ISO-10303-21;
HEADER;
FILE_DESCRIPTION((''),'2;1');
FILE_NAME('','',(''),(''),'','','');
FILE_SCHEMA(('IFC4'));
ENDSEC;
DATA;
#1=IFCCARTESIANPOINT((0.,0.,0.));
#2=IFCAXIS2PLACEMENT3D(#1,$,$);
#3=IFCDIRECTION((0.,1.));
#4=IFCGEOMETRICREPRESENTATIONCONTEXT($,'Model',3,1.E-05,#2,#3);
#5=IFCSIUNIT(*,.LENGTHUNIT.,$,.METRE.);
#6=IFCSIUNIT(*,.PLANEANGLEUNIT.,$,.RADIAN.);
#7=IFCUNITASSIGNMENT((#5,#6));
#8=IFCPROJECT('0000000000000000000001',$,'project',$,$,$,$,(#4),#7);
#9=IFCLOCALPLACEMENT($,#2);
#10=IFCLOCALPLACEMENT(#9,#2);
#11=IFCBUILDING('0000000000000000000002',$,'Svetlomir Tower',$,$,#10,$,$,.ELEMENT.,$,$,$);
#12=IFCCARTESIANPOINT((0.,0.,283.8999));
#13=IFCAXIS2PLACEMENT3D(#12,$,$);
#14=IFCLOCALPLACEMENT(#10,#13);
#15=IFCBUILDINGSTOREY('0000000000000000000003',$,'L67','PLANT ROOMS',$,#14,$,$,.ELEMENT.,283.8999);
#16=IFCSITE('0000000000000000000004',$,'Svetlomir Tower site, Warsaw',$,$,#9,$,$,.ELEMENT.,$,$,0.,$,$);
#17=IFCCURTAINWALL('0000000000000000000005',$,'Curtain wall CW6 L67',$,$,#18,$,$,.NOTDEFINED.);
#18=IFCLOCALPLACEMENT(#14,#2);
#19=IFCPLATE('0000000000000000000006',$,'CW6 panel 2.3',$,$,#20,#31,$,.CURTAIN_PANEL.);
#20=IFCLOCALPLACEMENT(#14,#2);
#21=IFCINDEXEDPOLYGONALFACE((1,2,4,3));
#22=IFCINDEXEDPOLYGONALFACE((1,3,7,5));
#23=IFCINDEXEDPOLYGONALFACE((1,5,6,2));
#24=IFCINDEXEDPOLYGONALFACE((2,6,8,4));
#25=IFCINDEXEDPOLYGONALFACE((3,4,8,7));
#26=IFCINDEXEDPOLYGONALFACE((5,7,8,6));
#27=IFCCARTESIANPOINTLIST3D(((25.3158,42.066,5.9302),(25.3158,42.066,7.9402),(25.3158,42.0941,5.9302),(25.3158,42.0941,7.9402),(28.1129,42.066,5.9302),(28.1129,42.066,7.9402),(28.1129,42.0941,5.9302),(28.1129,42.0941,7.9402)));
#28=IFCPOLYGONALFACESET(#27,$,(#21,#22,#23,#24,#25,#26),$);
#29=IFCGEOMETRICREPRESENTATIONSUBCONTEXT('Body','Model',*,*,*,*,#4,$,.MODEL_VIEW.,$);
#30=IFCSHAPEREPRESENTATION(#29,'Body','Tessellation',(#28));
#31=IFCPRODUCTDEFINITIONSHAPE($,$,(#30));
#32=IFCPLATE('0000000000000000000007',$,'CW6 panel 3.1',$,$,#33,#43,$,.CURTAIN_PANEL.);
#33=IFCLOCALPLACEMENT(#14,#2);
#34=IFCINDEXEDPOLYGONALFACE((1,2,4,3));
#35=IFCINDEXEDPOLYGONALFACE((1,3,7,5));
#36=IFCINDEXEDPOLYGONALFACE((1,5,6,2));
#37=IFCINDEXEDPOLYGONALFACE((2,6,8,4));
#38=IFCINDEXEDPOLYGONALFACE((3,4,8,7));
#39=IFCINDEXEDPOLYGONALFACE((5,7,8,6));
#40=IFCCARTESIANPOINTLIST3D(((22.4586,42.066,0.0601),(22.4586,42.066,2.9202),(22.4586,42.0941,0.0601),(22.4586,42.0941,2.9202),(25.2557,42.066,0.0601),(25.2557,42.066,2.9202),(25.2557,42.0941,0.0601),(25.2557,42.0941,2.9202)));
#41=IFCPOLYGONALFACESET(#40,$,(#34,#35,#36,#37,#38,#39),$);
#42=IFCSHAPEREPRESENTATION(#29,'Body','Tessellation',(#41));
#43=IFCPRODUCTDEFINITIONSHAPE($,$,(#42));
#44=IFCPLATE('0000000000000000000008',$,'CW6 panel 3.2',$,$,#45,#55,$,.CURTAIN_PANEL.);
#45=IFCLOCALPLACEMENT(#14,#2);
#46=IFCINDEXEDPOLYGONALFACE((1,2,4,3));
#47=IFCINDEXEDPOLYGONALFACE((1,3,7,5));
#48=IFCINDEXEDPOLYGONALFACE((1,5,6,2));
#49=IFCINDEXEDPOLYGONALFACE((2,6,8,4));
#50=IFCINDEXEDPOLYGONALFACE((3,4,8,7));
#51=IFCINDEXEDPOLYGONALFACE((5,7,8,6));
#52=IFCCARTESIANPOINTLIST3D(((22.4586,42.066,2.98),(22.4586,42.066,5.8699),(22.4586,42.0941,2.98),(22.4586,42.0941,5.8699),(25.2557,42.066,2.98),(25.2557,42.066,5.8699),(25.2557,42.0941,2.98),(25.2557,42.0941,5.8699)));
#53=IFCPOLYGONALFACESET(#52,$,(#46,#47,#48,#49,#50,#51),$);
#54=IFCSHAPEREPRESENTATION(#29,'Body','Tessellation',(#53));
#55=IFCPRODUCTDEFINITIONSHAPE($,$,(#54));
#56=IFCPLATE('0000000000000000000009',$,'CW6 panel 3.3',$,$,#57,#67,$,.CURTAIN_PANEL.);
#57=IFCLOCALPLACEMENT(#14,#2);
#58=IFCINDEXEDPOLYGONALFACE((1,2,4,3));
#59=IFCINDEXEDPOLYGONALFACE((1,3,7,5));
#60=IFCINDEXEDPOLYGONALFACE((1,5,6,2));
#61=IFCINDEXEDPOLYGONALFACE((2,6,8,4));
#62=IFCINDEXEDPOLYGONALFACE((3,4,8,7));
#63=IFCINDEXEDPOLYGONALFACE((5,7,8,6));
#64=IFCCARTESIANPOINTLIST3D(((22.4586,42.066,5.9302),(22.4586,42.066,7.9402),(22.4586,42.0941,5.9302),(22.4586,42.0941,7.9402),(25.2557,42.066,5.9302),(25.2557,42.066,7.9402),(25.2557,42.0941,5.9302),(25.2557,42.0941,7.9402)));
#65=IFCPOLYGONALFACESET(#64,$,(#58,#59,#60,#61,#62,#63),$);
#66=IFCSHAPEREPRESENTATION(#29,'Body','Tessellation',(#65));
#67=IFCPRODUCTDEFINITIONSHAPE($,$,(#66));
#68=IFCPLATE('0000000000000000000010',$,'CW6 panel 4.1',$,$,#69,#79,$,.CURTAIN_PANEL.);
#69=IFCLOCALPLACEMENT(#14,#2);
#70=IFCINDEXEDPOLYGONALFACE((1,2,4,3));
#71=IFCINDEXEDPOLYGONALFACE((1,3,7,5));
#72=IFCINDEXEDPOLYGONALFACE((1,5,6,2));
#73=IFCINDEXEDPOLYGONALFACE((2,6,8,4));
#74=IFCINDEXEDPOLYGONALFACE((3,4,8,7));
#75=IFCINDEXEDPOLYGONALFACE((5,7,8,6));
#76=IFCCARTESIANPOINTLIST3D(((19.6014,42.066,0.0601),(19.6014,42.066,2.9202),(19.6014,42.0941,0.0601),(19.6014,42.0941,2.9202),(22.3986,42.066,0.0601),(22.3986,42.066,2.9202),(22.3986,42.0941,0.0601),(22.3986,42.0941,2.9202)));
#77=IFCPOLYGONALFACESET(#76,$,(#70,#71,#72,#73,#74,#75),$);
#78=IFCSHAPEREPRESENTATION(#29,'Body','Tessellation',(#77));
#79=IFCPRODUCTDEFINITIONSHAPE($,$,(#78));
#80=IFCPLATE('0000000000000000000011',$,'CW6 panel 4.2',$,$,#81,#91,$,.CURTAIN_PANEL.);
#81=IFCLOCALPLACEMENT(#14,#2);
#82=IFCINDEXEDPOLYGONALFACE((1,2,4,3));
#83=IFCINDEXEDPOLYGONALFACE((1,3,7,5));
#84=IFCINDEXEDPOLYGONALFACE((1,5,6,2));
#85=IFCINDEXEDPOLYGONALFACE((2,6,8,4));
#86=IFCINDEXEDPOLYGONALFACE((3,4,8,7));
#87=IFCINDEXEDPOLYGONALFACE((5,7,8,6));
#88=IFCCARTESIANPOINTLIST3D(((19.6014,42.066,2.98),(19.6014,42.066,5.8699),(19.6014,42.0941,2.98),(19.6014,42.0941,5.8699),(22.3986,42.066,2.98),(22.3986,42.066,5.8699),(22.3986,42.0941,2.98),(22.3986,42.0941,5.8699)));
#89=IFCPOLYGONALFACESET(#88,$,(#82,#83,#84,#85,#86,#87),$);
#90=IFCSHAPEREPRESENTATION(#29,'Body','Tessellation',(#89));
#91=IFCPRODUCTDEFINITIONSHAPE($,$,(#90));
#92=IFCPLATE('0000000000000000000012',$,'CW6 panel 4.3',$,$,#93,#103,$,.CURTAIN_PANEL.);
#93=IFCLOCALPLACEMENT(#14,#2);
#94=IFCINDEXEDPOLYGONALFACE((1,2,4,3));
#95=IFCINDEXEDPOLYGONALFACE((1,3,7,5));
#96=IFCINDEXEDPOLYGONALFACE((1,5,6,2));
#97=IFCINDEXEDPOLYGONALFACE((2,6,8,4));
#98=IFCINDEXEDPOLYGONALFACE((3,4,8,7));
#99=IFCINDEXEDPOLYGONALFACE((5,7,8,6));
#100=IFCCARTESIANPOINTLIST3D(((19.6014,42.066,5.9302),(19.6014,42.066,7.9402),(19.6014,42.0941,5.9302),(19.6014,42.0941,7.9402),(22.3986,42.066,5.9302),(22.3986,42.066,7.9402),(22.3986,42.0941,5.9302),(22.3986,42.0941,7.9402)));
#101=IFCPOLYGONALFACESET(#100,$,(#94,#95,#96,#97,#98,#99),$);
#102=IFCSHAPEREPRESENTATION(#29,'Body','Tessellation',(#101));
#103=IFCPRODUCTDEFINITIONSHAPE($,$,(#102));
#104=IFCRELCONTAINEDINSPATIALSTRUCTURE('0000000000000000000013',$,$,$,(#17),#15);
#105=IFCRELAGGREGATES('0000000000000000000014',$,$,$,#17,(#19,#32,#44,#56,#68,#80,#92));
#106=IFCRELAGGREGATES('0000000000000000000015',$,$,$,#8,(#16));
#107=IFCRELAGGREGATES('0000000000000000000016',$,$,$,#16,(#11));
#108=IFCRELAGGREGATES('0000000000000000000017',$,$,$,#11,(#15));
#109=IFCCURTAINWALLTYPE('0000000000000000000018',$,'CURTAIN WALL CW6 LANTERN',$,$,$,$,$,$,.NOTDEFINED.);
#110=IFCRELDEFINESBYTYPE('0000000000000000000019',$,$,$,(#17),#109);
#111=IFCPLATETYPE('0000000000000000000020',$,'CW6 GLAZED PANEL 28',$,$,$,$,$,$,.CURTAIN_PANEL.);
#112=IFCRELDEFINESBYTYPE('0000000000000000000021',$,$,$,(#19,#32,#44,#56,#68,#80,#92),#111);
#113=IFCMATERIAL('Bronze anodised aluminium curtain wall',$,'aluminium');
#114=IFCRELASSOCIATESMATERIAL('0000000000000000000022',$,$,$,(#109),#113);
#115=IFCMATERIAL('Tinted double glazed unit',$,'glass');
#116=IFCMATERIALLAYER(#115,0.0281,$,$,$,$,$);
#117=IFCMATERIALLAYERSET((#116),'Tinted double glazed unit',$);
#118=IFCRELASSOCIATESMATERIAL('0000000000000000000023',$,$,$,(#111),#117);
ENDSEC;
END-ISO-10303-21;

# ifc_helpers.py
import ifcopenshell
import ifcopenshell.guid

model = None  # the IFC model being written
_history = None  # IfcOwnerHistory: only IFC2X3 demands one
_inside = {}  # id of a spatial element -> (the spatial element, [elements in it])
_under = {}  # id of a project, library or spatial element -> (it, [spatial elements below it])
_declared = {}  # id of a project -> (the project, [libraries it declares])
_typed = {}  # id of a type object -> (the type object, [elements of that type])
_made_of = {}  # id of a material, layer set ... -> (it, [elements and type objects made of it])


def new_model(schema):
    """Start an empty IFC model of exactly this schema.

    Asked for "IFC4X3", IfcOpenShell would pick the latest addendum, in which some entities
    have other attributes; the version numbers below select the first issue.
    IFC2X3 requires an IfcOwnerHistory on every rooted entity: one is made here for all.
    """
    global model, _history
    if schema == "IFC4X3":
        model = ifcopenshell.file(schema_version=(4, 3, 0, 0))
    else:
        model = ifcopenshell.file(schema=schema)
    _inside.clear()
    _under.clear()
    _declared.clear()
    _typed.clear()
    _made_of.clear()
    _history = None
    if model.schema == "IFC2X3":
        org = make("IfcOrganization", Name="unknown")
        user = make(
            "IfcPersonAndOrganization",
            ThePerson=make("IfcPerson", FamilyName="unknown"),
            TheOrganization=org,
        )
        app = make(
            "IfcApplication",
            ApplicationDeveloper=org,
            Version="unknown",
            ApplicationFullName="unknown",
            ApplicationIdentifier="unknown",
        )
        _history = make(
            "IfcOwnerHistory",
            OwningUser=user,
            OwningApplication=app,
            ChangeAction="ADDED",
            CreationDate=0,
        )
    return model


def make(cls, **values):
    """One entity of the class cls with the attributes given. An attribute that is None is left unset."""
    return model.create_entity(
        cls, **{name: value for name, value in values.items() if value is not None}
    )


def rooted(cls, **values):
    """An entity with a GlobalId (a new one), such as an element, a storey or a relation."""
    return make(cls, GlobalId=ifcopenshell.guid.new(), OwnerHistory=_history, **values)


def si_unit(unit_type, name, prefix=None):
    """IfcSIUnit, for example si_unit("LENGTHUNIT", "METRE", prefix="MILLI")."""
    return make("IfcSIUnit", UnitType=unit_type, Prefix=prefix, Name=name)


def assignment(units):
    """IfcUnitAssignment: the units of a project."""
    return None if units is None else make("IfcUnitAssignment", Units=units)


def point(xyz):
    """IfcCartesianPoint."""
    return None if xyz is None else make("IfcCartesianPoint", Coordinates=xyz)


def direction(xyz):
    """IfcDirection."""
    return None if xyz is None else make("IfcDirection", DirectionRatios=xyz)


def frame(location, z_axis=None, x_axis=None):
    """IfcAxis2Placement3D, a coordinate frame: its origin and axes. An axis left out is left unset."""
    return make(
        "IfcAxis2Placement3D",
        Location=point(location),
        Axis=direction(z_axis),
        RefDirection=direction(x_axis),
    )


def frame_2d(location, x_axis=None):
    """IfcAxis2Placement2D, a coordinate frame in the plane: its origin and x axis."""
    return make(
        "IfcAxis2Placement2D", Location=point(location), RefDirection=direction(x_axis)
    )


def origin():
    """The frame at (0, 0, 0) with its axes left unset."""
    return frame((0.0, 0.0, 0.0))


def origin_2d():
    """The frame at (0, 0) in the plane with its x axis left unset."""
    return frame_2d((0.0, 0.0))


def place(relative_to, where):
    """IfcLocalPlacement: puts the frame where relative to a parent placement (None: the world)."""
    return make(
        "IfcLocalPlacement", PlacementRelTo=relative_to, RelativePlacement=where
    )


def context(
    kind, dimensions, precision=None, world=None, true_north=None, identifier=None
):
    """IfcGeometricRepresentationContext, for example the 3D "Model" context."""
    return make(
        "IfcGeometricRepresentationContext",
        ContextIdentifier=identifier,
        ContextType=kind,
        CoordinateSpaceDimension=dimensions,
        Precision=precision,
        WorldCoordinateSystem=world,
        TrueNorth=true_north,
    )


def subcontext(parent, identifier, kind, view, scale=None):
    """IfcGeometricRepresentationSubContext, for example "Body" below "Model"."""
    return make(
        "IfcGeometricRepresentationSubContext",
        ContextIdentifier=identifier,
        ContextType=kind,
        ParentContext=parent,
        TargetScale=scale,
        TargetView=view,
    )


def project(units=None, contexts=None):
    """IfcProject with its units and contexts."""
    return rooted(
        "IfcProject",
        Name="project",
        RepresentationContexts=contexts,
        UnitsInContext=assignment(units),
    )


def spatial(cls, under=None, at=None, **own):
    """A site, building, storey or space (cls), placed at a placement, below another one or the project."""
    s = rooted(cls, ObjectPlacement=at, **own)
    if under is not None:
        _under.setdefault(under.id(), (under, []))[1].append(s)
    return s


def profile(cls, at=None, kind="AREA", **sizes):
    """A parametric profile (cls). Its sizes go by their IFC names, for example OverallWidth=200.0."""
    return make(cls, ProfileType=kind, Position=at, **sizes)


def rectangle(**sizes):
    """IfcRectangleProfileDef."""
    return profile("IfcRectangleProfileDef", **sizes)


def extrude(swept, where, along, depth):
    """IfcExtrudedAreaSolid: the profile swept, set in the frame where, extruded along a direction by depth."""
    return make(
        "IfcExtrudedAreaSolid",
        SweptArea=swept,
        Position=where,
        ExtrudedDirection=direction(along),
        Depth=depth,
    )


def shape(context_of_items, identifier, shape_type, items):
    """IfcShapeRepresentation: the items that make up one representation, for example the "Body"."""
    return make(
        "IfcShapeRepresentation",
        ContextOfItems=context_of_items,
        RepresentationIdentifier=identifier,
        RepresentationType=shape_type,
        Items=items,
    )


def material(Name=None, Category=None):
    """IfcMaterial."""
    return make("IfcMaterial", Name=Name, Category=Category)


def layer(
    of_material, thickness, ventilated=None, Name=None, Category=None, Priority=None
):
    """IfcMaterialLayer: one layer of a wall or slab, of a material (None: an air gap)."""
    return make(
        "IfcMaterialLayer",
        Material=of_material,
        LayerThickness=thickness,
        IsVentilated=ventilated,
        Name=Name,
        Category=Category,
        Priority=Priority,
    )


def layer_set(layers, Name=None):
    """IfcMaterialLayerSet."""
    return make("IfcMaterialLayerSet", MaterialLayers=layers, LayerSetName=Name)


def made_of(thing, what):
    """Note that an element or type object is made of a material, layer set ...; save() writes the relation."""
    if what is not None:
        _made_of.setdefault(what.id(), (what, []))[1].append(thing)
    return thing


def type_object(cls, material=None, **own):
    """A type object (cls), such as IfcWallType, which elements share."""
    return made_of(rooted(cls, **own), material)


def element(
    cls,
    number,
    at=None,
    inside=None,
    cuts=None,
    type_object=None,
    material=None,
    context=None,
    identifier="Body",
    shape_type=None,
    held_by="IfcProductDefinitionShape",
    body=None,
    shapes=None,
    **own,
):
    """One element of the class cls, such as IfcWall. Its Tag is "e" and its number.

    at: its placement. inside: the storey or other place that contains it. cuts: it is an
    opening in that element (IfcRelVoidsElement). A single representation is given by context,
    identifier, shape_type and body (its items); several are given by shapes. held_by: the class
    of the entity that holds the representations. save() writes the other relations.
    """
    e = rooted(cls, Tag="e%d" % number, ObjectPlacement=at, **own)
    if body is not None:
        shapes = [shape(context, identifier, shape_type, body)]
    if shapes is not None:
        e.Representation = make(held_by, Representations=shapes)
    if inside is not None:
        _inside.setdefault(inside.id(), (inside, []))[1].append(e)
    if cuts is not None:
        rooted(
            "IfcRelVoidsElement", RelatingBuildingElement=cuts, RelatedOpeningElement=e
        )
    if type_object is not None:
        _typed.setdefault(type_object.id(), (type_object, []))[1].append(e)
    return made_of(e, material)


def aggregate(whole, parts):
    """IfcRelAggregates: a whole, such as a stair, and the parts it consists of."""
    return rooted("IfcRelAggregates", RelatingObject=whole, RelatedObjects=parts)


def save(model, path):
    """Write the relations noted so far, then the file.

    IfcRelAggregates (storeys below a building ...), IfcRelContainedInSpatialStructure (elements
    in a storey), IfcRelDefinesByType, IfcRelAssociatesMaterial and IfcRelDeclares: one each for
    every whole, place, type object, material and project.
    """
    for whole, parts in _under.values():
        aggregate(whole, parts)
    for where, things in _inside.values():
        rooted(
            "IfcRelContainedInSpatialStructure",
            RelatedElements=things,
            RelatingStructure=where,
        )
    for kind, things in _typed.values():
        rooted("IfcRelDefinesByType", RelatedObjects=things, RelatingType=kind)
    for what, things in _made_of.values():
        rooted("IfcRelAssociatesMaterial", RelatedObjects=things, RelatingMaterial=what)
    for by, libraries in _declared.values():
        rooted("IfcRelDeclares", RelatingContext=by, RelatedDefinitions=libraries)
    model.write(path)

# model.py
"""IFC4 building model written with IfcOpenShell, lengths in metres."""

from ifc_helpers import new_model, si_unit, direction, frame, origin, origin_2d, place, context, subcontext, project, spatial, rectangle, extrude, material, layer, layer_set, type_object, element, aggregate, save


model = new_model("IFC4")

# Units and contexts
model_context = context("Model", 3, precision=1e-05, world=origin(), true_north=direction((0.0, 1.0)))
body_context = subcontext(model_context, "Body", "Model", "MODEL_VIEW")
ifc_project = project(units=[si_unit("LENGTHUNIT", "METRE"), si_unit("PLANEANGLEUNIT", "RADIAN")], contexts=[model_context])

# Site, building, storey
site_placement = place(None, origin())
site = spatial("IfcSite", under=ifc_project, at=site_placement, Name="Svetlomir Tower site, Warsaw", CompositionType="ELEMENT", RefElevation=0.0)
building_placement = place(site_placement, origin())
building = spatial("IfcBuilding", under=site, at=building_placement, Name="Svetlomir Tower", CompositionType="ELEMENT")
storey_placement = place(building_placement, frame((0.0, 0.0, 283.8999)))
storey = spatial("IfcBuildingStorey", under=building, at=storey_placement, Name="L67", Description="PLANT ROOMS", CompositionType="ELEMENT", Elevation=283.8999)

# Curtain wall, plates
ifc_material_1 = material(Name="Bronze anodised aluminium curtain wall", Category="aluminium")
curtain_wall_type = type_object("IfcCurtainWallType", Name="CURTAIN WALL CW6 LANTERN", PredefinedType="NOTDEFINED", material=ifc_material_1)
curtain_wall_placement = place(storey_placement, origin())
curtain_wall = element("IfcCurtainWall", 1, at=curtain_wall_placement, inside=storey, type_object=curtain_wall_type, Name="Curtain wall CW6 L67", PredefinedType="NOTDEFINED")
ifc_material_2 = material(Name="Tinted double glazed unit", Category="glass")
ifc_layer = layer(ifc_material_2, 0.0281)
ifc_layer_set = layer_set([ifc_layer], Name="Tinted double glazed unit")
plate_type = type_object("IfcPlateType", Name="CW6 GLAZED PANEL 28", PredefinedType="CURTAIN_PANEL", material=ifc_layer_set)
plate_1_placement = place(storey_placement, frame((26.7144, 42.0801, 5.9302), z_axis=(0.0, 0.0, 1.0), x_axis=(-1.0, 0.0, 0.0)))
plate_1 = element("IfcPlate", 2, at=plate_1_placement, type_object=plate_type, Name="CW6 panel 2.3", PredefinedType="CURTAIN_PANEL", context=body_context, shape_type="SweptSolid", body=[
    extrude(rectangle(XDim=2.7971, YDim=0.0281, at=origin_2d()), origin(), (0.0, 0.0, 1.0), 2.01),
])
plate_2_placement = place(storey_placement, frame((23.8572, 42.0801, 0.0601), z_axis=(0.0, 0.0, 1.0), x_axis=(-1.0, 0.0, 0.0)))
plate_2 = element("IfcPlate", 3, at=plate_2_placement, type_object=plate_type, Name="CW6 panel 3.1", PredefinedType="CURTAIN_PANEL", context=body_context, shape_type="SweptSolid", body=[
    extrude(rectangle(XDim=2.7971, YDim=0.0281, at=origin_2d()), origin(), (0.0, 0.0, 1.0), 2.8601),
])
plate_3_placement = place(storey_placement, frame((23.8572, 42.0801, 2.98), z_axis=(0.0, 0.0, 1.0), x_axis=(-1.0, 0.0, 0.0)))
plate_3 = element("IfcPlate", 4, at=plate_3_placement, type_object=plate_type, Name="CW6 panel 3.2", PredefinedType="CURTAIN_PANEL", context=body_context, shape_type="SweptSolid", body=[
    extrude(rectangle(XDim=2.7971, YDim=0.0281, at=origin_2d()), origin(), (0.0, 0.0, 1.0), 2.8899),
])
plate_4_placement = place(storey_placement, frame((23.8572, 42.0801, 5.9302), z_axis=(0.0, 0.0, 1.0), x_axis=(-1.0, 0.0, 0.0)))
plate_4 = element("IfcPlate", 5, at=plate_4_placement, type_object=plate_type, Name="CW6 panel 3.3", PredefinedType="CURTAIN_PANEL", context=body_context, shape_type="SweptSolid", body=[
    extrude(rectangle(XDim=2.7971, YDim=0.0281, at=origin_2d()), origin(), (0.0, 0.0, 1.0), 2.01),
])
plate_5_placement = place(storey_placement, frame((21.0, 42.0801, 0.0601), z_axis=(0.0, 0.0, 1.0), x_axis=(-1.0, 0.0, 0.0)))
plate_5 = element("IfcPlate", 6, at=plate_5_placement, type_object=plate_type, Name="CW6 panel 4.1", PredefinedType="CURTAIN_PANEL", context=body_context, shape_type="SweptSolid", body=[
    extrude(rectangle(XDim=2.7971, YDim=0.0281, at=origin_2d()), origin(), (0.0, 0.0, 1.0), 2.8601),
])
plate_6_placement = place(storey_placement, frame((21.0, 42.0801, 2.98), z_axis=(0.0, 0.0, 1.0), x_axis=(-1.0, 0.0, 0.0)))
plate_6 = element("IfcPlate", 7, at=plate_6_placement, type_object=plate_type, Name="CW6 panel 4.2", PredefinedType="CURTAIN_PANEL", context=body_context, shape_type="SweptSolid", body=[
    extrude(rectangle(XDim=2.7971, YDim=0.0281, at=origin_2d()), origin(), (0.0, 0.0, 1.0), 2.8899),
])
plate_7_placement = place(storey_placement, frame((21.0, 42.0801, 5.9302), z_axis=(0.0, 0.0, 1.0), x_axis=(-1.0, 0.0, 0.0)))
plate_7 = element("IfcPlate", 8, at=plate_7_placement, type_object=plate_type, Name="CW6 panel 4.3", PredefinedType="CURTAIN_PANEL", context=body_context, shape_type="SweptSolid", body=[
    extrude(rectangle(XDim=2.7971, YDim=0.0281, at=origin_2d()), origin(), (0.0, 0.0, 1.0), 2.01),
])
aggregate(curtain_wall, [plate_1, plate_2, plate_3, plate_4, plate_5, plate_6, plate_7])

save(model, "model.ifc")
